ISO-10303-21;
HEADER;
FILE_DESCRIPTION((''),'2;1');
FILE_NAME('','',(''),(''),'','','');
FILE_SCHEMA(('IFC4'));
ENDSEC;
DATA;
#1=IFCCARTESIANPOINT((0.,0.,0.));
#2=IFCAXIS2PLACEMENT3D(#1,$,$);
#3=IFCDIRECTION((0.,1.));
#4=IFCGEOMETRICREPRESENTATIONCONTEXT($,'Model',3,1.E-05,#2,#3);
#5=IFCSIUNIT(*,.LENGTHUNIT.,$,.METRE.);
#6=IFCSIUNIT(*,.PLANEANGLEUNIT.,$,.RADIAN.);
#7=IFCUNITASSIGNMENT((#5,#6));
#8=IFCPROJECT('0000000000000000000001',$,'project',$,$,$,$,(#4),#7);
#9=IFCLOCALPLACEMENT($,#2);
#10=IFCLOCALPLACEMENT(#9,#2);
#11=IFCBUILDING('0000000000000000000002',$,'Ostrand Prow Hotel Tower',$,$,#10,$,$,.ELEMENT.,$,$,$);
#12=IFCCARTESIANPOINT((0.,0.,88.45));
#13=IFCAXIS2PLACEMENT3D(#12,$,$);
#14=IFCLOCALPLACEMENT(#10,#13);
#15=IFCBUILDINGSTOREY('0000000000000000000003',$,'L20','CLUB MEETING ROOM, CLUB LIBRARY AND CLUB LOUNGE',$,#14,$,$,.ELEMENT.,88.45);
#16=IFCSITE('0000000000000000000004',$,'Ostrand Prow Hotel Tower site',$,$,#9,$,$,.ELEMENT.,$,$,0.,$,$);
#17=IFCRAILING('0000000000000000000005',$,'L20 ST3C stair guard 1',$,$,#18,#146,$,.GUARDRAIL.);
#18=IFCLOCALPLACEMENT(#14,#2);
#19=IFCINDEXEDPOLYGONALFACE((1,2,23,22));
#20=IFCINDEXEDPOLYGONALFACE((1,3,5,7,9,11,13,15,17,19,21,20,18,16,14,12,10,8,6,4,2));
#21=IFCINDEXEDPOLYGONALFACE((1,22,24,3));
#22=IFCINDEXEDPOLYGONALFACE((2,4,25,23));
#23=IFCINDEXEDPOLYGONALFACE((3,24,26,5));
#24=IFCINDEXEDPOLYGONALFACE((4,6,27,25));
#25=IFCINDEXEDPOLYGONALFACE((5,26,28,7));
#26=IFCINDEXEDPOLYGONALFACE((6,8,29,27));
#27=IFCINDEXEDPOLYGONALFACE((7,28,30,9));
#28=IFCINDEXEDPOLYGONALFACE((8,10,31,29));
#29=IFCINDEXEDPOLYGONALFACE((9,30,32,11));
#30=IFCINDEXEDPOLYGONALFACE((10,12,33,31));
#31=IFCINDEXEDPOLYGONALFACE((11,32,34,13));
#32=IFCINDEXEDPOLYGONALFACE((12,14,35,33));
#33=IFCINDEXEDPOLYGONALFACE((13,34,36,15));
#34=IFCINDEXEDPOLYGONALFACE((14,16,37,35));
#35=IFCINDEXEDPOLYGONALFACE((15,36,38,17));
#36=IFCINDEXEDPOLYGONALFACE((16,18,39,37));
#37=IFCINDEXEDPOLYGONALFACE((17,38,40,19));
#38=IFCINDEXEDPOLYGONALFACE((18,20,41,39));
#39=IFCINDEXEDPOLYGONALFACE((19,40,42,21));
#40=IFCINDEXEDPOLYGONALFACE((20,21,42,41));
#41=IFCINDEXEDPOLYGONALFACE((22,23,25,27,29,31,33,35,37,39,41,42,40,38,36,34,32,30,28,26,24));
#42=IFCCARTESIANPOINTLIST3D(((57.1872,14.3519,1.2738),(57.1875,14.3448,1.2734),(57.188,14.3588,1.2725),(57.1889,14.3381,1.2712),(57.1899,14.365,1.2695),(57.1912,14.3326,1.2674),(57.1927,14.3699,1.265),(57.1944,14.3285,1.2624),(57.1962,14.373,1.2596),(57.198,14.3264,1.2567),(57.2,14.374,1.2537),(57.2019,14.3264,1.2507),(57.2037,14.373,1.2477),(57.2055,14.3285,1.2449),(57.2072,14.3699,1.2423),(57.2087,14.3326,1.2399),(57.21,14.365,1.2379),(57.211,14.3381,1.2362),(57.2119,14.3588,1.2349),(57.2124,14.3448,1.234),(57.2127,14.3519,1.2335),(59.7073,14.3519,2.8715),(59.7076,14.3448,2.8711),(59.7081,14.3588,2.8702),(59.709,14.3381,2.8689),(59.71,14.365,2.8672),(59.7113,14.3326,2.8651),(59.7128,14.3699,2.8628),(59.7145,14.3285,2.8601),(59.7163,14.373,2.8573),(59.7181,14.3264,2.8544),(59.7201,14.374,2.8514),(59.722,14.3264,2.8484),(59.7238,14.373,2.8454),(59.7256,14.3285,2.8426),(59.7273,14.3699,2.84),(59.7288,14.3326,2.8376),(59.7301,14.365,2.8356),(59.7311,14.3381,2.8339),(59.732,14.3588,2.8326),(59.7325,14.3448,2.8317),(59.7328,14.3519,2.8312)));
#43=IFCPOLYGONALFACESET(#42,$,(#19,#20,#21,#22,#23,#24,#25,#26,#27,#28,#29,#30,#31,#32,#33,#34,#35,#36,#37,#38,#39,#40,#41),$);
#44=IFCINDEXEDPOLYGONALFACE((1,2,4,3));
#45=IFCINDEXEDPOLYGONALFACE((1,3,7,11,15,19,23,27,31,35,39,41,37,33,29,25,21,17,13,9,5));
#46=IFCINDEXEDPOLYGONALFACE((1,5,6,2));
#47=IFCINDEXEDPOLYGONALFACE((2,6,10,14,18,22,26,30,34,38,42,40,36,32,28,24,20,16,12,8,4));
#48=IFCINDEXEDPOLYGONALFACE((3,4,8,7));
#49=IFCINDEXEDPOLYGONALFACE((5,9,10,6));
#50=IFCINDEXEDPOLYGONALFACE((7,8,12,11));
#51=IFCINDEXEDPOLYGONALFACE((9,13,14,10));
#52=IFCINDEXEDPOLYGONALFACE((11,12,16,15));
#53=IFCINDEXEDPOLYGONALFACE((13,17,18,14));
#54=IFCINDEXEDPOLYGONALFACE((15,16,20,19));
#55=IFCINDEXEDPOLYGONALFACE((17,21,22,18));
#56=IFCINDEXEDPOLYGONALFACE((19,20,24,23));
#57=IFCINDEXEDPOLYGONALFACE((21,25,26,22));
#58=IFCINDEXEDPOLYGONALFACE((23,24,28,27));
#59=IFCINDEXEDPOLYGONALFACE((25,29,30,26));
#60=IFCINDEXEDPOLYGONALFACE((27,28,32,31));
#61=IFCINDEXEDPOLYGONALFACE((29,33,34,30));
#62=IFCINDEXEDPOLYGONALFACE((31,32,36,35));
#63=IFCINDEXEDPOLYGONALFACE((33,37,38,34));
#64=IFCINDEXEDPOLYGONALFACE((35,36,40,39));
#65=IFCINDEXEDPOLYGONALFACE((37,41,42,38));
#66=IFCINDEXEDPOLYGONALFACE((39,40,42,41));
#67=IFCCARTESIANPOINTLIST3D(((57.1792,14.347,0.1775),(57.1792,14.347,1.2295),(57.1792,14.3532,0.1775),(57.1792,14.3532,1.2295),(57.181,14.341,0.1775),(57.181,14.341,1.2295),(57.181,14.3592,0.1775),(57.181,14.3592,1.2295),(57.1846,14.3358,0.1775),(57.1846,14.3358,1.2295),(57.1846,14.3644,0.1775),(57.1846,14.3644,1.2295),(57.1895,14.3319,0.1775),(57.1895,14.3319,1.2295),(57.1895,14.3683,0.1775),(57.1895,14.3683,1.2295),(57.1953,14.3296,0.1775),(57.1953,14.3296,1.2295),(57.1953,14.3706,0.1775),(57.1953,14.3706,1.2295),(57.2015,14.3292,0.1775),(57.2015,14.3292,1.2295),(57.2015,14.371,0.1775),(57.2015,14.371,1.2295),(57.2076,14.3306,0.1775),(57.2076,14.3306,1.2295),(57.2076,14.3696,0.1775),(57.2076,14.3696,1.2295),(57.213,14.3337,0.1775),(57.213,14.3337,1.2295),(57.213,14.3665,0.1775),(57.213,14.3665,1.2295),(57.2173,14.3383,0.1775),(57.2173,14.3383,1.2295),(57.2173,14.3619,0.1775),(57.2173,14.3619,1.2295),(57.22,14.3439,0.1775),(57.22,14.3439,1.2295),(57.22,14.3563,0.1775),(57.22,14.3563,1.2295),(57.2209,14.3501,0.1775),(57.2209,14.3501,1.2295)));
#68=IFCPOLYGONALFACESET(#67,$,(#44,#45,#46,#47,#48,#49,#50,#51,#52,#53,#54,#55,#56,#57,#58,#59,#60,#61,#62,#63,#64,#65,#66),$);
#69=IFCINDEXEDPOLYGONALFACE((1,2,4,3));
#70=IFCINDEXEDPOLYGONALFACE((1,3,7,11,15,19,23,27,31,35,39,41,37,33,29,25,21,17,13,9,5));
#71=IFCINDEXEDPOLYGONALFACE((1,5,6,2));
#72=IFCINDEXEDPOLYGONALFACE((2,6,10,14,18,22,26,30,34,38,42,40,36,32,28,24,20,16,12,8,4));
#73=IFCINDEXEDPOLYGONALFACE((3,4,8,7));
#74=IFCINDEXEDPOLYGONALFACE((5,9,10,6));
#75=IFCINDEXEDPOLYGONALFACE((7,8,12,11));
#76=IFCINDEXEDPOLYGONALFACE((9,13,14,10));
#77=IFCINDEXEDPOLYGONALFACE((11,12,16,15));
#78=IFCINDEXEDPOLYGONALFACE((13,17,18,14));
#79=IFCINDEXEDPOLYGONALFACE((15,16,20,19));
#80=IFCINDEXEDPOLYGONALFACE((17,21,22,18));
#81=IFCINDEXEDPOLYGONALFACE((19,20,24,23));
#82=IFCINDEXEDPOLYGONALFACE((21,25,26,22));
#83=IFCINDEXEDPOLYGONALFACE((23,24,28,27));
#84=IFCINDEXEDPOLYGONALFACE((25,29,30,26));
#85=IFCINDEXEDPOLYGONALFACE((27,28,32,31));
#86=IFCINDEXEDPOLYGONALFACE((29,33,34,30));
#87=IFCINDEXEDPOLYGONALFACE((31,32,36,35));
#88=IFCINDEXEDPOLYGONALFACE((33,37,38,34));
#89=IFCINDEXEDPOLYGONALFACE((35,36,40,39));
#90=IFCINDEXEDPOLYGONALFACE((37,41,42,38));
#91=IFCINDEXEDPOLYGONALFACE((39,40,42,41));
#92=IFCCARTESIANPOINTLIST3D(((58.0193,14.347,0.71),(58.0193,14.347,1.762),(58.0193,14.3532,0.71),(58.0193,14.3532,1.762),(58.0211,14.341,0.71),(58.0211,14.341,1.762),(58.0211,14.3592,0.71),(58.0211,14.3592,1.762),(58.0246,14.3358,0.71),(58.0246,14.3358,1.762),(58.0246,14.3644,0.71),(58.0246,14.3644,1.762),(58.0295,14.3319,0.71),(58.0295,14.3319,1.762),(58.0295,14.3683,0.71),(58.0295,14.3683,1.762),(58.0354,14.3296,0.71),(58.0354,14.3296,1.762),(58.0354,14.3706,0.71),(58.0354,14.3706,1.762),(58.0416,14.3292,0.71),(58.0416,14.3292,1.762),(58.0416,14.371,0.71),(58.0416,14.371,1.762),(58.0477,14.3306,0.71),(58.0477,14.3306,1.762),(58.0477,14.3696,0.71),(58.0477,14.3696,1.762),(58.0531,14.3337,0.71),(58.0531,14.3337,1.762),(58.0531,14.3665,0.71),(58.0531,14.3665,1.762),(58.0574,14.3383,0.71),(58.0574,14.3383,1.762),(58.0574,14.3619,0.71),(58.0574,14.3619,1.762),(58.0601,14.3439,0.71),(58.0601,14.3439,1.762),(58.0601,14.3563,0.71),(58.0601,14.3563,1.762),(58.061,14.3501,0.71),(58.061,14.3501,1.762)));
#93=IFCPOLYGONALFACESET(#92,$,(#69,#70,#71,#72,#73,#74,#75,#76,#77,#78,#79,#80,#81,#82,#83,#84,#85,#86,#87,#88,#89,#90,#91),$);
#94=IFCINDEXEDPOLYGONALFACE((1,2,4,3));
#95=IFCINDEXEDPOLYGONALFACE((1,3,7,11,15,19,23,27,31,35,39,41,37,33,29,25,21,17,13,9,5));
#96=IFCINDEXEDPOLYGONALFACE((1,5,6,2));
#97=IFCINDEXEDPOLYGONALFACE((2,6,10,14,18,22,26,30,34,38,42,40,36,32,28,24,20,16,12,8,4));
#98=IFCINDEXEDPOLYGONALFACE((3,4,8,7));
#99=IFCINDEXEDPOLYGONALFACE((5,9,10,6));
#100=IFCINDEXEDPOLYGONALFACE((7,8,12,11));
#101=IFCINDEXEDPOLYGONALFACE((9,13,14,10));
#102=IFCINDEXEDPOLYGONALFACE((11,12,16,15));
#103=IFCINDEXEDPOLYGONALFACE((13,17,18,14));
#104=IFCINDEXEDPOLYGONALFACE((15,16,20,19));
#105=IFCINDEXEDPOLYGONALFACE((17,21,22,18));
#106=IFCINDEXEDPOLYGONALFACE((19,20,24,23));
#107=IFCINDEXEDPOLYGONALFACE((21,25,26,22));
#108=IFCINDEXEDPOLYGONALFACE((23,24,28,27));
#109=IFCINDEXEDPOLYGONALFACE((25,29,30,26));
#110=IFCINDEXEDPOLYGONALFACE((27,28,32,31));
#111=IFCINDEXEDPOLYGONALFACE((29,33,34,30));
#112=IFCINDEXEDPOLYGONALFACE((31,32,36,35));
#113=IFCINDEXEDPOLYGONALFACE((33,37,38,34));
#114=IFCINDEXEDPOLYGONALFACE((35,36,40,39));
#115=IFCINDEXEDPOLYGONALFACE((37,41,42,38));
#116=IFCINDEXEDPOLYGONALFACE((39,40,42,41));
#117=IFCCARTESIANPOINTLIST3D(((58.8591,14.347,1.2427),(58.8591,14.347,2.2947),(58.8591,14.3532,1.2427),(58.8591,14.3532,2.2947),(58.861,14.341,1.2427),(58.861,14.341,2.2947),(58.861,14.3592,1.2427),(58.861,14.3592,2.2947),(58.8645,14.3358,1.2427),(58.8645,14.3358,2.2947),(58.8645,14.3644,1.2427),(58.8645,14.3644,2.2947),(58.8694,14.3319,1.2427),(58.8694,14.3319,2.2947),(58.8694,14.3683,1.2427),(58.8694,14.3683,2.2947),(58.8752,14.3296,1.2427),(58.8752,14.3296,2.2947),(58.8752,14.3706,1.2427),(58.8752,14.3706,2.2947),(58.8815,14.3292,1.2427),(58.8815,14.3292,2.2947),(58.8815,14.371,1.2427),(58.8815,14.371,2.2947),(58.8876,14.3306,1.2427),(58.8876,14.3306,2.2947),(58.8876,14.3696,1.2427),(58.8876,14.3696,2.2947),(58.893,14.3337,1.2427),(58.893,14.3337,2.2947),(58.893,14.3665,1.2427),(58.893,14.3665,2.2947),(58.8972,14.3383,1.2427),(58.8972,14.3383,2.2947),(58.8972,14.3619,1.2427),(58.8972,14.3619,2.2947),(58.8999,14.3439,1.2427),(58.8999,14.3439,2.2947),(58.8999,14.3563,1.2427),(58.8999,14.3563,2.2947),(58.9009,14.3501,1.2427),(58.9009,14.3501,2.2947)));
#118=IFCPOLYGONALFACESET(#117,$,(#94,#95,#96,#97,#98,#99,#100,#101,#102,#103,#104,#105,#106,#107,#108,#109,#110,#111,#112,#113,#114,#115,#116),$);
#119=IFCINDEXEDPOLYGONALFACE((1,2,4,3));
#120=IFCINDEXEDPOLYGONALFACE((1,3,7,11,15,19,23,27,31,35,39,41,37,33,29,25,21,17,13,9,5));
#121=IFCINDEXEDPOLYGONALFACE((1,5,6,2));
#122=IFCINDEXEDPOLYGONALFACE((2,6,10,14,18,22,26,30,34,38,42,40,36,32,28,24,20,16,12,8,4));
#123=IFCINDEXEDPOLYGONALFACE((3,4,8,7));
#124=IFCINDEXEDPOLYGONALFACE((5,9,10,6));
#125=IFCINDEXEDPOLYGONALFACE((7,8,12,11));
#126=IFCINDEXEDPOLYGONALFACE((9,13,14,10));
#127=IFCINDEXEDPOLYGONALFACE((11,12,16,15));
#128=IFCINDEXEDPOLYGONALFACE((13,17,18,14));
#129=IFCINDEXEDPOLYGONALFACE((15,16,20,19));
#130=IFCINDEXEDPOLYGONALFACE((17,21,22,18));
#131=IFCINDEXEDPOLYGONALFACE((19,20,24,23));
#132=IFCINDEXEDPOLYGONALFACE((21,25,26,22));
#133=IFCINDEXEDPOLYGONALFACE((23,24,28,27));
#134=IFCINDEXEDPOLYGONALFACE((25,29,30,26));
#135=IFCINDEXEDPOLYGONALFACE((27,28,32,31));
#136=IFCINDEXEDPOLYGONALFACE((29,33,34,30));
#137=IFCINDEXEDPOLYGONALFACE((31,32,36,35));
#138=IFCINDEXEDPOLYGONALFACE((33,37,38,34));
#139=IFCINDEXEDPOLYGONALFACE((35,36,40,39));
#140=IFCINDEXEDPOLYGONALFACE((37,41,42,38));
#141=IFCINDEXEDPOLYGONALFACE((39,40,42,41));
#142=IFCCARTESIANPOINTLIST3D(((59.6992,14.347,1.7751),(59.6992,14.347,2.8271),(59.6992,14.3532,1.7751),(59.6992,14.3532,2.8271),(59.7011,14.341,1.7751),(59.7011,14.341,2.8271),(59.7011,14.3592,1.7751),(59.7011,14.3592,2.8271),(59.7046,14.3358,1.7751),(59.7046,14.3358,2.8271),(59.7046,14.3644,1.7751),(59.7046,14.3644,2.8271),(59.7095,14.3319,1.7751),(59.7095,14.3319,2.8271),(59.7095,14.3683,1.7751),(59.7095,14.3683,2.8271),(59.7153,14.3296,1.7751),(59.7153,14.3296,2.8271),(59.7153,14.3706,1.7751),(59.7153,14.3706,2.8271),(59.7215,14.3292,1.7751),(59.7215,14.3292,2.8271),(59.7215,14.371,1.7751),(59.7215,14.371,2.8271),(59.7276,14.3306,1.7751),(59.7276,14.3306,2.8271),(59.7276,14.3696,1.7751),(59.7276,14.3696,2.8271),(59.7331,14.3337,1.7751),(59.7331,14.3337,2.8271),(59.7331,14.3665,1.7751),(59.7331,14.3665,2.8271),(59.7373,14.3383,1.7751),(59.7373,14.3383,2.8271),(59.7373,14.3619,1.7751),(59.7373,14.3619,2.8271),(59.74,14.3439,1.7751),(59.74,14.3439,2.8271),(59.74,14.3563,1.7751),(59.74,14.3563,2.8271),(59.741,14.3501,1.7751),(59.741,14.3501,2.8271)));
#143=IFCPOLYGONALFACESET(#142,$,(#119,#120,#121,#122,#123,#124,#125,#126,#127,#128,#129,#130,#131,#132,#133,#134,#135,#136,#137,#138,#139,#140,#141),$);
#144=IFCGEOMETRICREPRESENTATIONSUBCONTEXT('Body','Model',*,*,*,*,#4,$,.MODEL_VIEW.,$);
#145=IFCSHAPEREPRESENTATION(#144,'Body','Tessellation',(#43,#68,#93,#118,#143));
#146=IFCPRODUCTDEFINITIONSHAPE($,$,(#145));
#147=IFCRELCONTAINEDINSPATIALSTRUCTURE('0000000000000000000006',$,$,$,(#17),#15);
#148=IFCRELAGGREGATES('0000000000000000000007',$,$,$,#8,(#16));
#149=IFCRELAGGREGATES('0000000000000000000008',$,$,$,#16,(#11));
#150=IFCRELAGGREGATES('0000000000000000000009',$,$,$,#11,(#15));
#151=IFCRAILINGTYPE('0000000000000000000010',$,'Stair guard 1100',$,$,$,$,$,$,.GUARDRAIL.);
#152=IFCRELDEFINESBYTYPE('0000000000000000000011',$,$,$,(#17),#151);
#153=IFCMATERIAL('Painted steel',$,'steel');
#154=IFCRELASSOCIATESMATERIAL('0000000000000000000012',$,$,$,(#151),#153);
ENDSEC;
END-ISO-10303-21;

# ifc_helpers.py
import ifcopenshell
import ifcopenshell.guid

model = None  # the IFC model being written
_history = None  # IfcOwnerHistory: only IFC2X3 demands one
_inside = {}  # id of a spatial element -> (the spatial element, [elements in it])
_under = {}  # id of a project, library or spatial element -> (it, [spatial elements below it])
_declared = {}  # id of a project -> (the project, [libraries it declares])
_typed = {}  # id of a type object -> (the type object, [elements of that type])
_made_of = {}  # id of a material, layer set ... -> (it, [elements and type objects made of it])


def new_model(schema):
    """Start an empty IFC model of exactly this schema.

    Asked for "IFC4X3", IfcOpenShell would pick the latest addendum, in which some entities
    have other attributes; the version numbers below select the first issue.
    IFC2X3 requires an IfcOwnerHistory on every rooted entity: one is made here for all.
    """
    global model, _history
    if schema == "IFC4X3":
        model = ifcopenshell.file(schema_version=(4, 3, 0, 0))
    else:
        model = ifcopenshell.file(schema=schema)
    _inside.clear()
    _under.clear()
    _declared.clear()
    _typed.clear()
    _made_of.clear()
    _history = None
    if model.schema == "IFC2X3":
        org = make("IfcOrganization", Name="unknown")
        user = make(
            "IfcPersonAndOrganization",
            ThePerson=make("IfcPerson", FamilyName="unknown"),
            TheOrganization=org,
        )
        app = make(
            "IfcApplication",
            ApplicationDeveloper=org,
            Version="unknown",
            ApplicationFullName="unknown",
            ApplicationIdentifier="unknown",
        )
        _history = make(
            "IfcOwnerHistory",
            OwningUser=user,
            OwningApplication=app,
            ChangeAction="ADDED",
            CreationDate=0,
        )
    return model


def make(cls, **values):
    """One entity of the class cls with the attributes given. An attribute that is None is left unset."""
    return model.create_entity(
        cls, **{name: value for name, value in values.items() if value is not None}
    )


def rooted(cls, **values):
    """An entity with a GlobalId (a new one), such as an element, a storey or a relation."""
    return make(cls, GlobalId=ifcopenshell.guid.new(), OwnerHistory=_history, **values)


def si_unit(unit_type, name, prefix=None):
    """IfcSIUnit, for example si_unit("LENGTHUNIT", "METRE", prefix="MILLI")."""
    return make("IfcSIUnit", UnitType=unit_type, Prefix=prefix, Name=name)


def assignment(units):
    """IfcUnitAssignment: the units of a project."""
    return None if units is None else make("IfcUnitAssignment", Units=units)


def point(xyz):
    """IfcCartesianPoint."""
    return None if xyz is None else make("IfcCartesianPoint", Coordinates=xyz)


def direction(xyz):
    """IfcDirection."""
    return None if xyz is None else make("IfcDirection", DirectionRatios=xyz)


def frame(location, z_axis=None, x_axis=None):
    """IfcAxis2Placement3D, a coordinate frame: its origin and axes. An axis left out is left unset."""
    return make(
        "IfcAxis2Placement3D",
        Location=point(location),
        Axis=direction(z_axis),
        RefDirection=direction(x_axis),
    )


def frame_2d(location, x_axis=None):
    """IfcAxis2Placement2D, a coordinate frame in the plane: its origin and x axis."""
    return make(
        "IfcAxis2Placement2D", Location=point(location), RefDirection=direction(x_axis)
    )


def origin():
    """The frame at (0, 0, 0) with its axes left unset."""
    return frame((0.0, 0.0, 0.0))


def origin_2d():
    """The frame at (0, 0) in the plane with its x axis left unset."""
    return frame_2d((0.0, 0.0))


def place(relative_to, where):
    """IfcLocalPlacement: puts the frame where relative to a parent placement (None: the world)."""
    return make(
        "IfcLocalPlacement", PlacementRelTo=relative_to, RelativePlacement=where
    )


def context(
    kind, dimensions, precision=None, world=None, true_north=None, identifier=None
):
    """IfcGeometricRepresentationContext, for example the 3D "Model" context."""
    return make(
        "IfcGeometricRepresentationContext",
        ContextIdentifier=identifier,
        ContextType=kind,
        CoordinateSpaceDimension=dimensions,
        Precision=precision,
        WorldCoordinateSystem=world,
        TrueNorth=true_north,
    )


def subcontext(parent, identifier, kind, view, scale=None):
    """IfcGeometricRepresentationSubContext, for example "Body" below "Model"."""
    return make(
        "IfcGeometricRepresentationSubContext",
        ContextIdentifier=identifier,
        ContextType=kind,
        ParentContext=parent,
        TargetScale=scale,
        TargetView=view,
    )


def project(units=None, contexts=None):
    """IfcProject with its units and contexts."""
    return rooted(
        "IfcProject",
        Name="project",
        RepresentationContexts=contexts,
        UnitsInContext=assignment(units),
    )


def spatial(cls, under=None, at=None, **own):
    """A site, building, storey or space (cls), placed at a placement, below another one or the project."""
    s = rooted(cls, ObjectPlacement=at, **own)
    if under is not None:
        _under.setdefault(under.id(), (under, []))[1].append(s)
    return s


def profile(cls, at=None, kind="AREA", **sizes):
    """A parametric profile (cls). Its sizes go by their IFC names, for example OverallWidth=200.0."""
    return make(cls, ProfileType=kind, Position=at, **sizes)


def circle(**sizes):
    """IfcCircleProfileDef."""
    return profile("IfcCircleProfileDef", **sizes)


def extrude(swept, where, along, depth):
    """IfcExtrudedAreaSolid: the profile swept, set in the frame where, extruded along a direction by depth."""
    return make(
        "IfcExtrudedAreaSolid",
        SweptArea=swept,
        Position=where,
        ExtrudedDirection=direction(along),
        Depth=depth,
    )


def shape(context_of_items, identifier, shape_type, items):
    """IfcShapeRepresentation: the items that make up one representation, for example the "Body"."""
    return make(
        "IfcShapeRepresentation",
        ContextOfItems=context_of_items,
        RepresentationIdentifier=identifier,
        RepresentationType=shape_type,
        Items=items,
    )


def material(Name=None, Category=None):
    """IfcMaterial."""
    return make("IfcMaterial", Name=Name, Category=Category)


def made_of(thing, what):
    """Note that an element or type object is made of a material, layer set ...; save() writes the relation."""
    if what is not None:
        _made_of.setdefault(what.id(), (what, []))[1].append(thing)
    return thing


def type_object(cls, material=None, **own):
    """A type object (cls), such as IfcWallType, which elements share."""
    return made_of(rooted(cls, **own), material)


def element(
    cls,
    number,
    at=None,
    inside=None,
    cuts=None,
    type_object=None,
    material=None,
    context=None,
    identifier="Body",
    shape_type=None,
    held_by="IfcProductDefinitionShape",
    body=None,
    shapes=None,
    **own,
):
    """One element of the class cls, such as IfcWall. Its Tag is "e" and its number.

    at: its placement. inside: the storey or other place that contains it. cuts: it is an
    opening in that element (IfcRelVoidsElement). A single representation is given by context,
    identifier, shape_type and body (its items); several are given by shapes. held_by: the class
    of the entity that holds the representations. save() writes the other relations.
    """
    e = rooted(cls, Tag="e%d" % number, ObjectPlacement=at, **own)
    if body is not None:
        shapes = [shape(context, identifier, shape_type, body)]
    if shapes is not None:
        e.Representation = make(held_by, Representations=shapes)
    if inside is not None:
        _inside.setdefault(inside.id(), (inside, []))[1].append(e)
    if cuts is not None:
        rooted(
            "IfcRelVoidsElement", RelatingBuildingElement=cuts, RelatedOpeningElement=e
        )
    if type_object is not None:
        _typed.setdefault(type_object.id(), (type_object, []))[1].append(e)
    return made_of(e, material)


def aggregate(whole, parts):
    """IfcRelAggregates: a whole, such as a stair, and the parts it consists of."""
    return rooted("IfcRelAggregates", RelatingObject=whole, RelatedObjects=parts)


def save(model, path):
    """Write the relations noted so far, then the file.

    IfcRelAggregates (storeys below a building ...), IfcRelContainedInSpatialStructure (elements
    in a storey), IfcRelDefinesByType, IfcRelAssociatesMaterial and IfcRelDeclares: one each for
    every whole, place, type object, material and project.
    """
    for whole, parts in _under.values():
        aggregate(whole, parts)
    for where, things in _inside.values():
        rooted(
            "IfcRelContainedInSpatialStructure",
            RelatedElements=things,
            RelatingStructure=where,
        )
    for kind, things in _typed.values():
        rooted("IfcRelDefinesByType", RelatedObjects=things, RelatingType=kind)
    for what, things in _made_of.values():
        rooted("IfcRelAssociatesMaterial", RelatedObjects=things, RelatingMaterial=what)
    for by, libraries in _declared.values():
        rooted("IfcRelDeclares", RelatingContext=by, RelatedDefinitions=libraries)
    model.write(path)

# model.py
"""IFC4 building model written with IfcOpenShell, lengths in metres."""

from ifc_helpers import new_model, si_unit, direction, frame, origin, origin_2d, place, context, subcontext, project, spatial, circle, extrude, material, type_object, element, save


model = new_model("IFC4")

# Units and contexts
model_context = context("Model", 3, precision=1e-05, world=origin(), true_north=direction((0.0, 1.0)))
body_context = subcontext(model_context, "Body", "Model", "MODEL_VIEW")
ifc_project = project(units=[si_unit("LENGTHUNIT", "METRE"), si_unit("PLANEANGLEUNIT", "RADIAN")], contexts=[model_context])

# Site, building, storey
site_placement = place(None, origin())
site = spatial("IfcSite", under=ifc_project, at=site_placement, Name="Ostrand Prow Hotel Tower site", CompositionType="ELEMENT", RefElevation=0.0)
building_placement = place(site_placement, origin())
building = spatial("IfcBuilding", under=site, at=building_placement, Name="Ostrand Prow Hotel Tower", CompositionType="ELEMENT")
storey_placement = place(building_placement, frame((0.0, 0.0, 88.45)))
storey = spatial("IfcBuildingStorey", under=building, at=storey_placement, Name="L20", Description="CLUB MEETING ROOM, CLUB LIBRARY AND CLUB LOUNGE", CompositionType="ELEMENT", Elevation=88.45)

# Railing
ifc_material_1 = material(Name="Painted steel", Category="steel")
railing_type_1 = type_object("IfcRailingType", Name="Stair guard 1100", PredefinedType="GUARDRAIL", material=ifc_material_1)
railing_1_placement = place(storey_placement, frame((57.2, 14.3501, 0.1775)))
element("IfcRailing", 1, at=railing_1_placement, inside=storey, type_object=railing_type_1, Name="L20 ST3C stair guard 1", PredefinedType="GUARDRAIL", context=body_context, shape_type="SweptSolid", body=[
    extrude(circle(Radius=0.0239, at=origin_2d()), frame((0.0, 0.0, 1.0762), z_axis=(0.84457, 0.0, 0.535445), x_axis=(0.0, 1.0, 0.0)), (0.0, 0.0, 1.0), 2.9839),
    extrude(circle(Radius=0.021, at=origin_2d()), origin(), (0.0, 0.0, 1.0), 1.052),
    extrude(circle(Radius=0.021, at=origin_2d()), frame((0.8401, 0.0, 0.5325)), (0.0, 0.0, 1.0), 1.052),
    extrude(circle(Radius=0.021, at=origin_2d()), frame((1.6799, 0.0, 1.0652)), (0.0, 0.0, 1.0), 1.052),
    extrude(circle(Radius=0.021, at=origin_2d()), frame((2.52, 0.0, 1.5977)), (0.0, 0.0, 1.0), 1.052),
])

save(model, "model.ifc")
